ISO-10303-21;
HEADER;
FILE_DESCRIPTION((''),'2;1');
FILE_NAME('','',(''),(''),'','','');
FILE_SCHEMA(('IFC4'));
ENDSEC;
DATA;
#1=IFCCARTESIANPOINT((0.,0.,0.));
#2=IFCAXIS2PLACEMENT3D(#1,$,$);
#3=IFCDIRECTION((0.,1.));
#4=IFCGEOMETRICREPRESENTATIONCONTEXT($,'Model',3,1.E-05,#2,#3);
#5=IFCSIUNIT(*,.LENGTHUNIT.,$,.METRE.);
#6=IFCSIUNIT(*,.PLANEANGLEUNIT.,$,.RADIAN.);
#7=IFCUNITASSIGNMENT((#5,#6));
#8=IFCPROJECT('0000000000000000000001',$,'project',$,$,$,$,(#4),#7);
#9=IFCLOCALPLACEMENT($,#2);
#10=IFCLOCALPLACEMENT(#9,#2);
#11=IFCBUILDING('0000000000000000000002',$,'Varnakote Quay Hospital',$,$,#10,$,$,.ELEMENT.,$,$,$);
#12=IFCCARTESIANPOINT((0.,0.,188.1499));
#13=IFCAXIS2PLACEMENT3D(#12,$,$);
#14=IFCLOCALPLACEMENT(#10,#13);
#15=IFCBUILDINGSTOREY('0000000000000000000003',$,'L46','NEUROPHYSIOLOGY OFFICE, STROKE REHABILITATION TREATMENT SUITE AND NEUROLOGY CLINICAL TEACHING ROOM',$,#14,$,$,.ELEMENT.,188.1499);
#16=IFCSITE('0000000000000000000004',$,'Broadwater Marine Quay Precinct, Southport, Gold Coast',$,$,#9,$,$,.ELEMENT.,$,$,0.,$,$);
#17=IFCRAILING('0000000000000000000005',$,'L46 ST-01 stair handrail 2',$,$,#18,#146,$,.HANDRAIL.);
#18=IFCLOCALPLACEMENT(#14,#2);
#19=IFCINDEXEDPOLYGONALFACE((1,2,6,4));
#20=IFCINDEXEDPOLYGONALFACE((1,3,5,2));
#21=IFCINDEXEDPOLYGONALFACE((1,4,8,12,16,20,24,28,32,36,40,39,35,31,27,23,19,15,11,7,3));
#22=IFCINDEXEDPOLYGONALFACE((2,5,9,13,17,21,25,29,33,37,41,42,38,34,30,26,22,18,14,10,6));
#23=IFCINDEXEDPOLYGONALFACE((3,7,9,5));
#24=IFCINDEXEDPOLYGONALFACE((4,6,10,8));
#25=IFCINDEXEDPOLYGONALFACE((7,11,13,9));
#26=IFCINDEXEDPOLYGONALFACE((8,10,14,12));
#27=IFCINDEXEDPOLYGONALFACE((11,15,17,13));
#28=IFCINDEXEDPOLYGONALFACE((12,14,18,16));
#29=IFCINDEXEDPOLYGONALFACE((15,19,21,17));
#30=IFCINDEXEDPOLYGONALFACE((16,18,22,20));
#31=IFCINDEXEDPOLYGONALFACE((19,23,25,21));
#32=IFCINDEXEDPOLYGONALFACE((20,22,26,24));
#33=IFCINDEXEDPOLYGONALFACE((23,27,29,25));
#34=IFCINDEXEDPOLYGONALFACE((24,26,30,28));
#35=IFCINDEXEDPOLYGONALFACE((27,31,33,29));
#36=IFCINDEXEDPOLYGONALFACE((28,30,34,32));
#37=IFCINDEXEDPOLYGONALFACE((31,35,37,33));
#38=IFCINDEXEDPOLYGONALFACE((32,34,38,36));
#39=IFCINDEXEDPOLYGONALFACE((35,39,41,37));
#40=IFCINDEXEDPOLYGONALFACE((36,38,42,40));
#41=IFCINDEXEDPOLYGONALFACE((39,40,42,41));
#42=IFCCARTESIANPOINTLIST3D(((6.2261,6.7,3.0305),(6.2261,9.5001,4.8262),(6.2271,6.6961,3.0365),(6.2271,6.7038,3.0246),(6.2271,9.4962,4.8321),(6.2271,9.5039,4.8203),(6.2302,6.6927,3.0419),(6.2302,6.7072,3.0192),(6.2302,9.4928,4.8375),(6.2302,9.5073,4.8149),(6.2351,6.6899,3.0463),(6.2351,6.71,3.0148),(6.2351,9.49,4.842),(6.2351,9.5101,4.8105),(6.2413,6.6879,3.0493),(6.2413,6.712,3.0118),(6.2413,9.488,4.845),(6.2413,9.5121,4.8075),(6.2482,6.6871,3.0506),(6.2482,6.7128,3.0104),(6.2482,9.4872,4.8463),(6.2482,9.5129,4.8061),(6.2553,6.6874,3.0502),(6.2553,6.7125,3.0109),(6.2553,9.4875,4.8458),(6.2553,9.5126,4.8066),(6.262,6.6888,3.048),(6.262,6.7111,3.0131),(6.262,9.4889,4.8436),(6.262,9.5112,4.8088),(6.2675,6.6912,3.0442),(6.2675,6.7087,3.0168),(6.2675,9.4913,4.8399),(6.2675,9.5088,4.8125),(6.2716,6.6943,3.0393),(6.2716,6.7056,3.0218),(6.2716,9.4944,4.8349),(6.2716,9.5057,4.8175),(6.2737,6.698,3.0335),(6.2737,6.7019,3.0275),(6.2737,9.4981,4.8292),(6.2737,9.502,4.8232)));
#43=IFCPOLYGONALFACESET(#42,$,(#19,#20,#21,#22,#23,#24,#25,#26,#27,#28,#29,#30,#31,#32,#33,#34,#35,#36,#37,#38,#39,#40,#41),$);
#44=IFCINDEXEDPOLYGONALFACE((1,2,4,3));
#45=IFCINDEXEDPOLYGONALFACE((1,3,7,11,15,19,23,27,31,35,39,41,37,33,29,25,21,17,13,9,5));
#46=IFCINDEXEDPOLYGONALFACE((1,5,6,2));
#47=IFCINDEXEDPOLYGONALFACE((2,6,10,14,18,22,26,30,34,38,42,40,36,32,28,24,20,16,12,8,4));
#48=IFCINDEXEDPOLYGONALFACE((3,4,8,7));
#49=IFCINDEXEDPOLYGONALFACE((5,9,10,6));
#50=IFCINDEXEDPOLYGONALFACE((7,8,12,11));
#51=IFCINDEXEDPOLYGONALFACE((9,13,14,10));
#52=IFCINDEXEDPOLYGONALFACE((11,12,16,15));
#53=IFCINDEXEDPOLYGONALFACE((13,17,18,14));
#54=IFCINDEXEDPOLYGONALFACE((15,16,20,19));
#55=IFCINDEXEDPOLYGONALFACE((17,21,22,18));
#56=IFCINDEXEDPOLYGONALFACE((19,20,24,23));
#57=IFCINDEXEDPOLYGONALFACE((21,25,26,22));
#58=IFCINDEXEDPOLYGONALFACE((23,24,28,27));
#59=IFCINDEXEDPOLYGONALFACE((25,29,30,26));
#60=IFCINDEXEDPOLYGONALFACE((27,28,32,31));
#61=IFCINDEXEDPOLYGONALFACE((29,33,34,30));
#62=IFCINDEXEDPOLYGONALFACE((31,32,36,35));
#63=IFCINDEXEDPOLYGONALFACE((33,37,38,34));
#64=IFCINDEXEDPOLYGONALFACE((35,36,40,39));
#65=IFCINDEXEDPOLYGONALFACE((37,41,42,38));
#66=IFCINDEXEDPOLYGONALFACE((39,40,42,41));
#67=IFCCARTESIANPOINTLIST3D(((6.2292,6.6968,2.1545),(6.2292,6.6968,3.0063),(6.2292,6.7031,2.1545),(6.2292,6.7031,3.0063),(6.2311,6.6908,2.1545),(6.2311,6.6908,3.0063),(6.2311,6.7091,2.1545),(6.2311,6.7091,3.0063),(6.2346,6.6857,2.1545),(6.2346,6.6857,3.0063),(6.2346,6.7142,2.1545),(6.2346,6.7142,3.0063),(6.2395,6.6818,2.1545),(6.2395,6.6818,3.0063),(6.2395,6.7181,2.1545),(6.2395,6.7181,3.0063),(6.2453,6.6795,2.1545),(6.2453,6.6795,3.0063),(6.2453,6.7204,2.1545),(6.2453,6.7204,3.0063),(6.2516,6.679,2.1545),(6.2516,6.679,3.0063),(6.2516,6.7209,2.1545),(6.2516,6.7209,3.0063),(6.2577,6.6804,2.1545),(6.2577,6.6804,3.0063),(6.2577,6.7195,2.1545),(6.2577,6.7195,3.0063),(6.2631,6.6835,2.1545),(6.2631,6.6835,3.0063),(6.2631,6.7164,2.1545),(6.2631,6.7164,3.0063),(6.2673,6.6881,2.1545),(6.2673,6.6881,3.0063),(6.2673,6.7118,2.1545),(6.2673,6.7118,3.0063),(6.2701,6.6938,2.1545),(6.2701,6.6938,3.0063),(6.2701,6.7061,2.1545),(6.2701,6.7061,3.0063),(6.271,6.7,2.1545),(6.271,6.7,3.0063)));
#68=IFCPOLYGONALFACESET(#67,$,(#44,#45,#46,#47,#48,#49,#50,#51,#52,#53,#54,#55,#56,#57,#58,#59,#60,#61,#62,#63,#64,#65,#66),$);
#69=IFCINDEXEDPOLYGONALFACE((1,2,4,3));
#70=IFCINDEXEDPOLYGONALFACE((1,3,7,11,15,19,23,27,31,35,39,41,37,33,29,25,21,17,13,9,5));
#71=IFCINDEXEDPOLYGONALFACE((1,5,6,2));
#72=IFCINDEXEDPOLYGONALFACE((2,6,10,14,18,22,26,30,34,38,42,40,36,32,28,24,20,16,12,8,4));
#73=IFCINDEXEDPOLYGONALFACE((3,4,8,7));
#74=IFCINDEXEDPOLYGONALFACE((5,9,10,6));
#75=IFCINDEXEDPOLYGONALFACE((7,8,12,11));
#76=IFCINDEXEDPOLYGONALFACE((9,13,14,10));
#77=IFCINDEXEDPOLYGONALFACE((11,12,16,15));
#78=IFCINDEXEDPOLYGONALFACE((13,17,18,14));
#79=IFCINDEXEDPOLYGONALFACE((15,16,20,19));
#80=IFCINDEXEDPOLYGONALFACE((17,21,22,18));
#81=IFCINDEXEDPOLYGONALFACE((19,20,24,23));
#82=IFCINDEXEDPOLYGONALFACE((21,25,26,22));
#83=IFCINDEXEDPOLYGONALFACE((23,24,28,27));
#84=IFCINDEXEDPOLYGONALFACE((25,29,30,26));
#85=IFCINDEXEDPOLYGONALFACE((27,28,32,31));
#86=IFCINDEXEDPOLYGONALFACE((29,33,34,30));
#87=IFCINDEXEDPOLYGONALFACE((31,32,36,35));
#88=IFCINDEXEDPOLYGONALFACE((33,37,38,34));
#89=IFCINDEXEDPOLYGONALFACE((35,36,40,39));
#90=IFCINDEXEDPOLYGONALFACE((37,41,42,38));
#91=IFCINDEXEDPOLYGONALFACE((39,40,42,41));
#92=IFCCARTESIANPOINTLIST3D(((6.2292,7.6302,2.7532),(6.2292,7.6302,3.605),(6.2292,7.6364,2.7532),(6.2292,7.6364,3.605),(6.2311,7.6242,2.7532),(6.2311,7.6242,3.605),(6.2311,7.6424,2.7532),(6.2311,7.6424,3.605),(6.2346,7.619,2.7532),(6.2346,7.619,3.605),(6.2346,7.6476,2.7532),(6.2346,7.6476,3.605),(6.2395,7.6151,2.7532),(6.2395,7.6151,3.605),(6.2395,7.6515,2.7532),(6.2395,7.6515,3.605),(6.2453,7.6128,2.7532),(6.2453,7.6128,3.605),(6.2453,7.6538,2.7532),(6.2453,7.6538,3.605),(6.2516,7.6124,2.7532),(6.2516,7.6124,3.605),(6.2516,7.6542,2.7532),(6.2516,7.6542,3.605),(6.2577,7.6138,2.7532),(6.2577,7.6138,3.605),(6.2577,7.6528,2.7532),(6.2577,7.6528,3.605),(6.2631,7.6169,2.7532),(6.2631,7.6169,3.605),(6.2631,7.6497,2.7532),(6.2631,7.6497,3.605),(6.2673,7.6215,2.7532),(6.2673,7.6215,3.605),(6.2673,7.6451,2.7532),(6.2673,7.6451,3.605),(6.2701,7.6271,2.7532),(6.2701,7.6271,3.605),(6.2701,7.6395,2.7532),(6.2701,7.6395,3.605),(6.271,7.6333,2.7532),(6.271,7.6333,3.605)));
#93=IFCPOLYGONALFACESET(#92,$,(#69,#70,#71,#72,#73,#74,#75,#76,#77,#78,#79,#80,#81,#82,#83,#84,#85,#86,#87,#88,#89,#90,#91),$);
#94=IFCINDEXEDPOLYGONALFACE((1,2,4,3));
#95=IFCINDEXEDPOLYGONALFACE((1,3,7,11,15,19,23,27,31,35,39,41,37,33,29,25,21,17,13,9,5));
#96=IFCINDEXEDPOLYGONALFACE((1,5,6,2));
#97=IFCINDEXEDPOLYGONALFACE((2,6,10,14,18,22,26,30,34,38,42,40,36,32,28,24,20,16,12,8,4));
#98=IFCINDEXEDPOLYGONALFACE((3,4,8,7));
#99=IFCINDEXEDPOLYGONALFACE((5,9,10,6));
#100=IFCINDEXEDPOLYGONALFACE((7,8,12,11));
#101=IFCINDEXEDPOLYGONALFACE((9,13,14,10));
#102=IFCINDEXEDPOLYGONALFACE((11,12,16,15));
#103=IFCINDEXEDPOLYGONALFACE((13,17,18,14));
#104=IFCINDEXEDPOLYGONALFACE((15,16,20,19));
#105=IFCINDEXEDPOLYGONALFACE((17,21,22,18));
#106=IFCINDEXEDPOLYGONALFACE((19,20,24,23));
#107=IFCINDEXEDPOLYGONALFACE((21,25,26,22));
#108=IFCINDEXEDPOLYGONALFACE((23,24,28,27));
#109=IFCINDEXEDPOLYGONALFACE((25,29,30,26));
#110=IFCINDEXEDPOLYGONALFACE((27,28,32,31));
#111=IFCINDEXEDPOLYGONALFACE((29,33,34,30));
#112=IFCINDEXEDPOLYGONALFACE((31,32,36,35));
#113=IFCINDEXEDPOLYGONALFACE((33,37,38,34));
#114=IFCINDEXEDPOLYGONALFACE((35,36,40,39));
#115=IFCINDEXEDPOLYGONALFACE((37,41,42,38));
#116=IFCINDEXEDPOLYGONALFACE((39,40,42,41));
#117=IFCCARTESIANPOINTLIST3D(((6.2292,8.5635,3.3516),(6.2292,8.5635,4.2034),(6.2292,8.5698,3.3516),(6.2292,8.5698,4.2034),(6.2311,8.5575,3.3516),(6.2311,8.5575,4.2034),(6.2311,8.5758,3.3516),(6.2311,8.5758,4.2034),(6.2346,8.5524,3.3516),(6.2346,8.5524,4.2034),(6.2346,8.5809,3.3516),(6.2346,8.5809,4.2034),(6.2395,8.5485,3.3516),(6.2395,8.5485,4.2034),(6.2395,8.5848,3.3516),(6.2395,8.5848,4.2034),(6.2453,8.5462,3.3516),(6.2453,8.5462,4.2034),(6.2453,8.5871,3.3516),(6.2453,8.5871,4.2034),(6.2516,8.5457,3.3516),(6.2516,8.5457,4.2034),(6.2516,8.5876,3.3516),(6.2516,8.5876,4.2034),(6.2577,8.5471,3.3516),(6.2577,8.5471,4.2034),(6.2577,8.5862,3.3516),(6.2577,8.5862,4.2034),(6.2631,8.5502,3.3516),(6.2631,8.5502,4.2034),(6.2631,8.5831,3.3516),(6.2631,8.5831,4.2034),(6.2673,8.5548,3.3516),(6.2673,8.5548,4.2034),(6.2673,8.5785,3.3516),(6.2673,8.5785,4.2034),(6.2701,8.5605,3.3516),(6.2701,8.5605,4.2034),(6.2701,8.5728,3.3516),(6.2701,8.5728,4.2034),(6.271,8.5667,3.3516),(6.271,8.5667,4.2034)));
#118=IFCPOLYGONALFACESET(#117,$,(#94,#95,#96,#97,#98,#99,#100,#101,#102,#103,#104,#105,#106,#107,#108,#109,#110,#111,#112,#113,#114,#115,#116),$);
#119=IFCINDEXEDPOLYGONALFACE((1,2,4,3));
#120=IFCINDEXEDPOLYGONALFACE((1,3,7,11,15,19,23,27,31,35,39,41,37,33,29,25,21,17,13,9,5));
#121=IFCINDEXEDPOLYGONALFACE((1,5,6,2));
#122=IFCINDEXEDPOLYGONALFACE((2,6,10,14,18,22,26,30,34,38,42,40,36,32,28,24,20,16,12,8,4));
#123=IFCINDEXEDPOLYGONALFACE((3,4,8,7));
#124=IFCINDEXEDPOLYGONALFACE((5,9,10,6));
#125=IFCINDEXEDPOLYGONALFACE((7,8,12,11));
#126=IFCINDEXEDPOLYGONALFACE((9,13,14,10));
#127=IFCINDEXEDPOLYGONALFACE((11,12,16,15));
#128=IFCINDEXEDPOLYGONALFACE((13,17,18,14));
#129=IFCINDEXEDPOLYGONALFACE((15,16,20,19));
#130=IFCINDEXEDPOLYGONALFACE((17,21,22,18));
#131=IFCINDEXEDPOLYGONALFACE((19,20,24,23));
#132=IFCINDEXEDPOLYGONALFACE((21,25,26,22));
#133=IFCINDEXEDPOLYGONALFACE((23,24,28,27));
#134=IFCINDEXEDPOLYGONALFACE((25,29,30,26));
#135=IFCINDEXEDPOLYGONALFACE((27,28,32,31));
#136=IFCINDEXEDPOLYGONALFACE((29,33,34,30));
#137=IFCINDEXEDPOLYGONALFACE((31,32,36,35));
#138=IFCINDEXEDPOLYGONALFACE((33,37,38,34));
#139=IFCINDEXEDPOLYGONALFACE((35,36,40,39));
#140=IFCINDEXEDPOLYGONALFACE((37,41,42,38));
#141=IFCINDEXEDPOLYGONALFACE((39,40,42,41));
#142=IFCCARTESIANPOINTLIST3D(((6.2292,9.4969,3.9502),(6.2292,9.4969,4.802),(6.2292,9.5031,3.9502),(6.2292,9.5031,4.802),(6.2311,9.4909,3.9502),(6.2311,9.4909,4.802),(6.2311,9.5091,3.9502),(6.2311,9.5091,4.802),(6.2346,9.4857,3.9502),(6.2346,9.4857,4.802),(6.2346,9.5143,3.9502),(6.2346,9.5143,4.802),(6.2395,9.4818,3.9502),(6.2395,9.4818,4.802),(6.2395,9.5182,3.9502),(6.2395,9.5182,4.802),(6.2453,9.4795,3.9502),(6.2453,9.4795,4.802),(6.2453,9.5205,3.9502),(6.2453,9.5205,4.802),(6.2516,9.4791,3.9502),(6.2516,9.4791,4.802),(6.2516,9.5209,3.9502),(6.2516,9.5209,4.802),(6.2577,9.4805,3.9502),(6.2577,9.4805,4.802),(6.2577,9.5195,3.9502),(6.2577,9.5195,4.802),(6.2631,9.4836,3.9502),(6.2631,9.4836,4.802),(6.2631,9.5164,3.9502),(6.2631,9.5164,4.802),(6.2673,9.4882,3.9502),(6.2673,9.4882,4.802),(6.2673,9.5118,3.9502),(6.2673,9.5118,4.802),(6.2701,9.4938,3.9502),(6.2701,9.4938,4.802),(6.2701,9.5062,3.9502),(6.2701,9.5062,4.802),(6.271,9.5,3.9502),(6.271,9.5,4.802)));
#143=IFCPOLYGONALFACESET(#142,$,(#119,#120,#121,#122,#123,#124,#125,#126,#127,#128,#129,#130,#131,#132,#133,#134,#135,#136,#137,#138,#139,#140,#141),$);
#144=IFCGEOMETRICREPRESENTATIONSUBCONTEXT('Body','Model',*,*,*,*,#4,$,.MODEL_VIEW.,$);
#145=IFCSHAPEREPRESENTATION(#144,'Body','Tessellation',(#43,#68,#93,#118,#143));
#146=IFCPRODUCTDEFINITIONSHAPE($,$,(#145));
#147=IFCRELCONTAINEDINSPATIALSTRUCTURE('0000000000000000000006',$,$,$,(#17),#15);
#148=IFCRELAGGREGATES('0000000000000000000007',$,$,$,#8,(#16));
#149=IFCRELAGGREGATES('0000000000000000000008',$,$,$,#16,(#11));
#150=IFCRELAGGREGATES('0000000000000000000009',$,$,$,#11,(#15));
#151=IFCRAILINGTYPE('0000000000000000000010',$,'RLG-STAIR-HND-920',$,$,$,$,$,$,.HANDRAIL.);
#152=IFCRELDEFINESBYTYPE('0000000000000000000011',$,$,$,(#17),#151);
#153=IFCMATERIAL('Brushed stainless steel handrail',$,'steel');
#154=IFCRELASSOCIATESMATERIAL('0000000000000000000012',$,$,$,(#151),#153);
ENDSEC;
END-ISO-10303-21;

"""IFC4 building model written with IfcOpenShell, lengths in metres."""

from ifc_helpers import new_model, si_unit, direction, frame, origin, origin_2d, place, context, subcontext, project, spatial, circle, extrude, material, type_object, element, save


model = new_model("IFC4")

# Units and contexts
model_context = context("Model", 3, precision=1e-05, world=origin(), true_north=direction((0.0, 1.0)))
body_context = subcontext(model_context, "Body", "Model", "MODEL_VIEW")
ifc_project = project(units=[si_unit("LENGTHUNIT", "METRE"), si_unit("PLANEANGLEUNIT", "RADIAN")], contexts=[model_context])

# Site, building, storey
site_placement = place(None, origin())
site = spatial("IfcSite", under=ifc_project, at=site_placement, Name="Broadwater Marine Quay Precinct, Southport, Gold Coast", CompositionType="ELEMENT", RefElevation=0.0)
building_placement = place(site_placement, origin())
building = spatial("IfcBuilding", under=site, at=building_placement, Name="Varnakote Quay Hospital", CompositionType="ELEMENT")
storey_placement = place(building_placement, frame((0.0, 0.0, 188.1499)))
storey = spatial("IfcBuildingStorey", under=building, at=storey_placement, Name="L46", Description="NEUROPHYSIOLOGY OFFICE, STROKE REHABILITATION TREATMENT SUITE AND NEUROLOGY CLINICAL TEACHING ROOM", CompositionType="ELEMENT", Elevation=188.1499)

# Railing
ifc_material_1 = material(Name="Brushed stainless steel handrail", Category="steel")
railing_type_1 = type_object("IfcRailingType", Name="RLG-STAIR-HND-920", PredefinedType="HANDRAIL", material=ifc_material_1)
railing_1_placement = place(storey_placement, frame((6.25, 6.7, 2.1545)))
element("IfcRailing", 1, at=railing_1_placement, inside=storey, type_object=railing_type_1, Name="L46 ST-01 stair handrail 2", PredefinedType="HANDRAIL", context=body_context, shape_type="SweptSolid", body=[
    extrude(circle(Radius=0.0239, at=origin_2d()), frame((0.0, 0.0, 0.876), z_axis=(0.0, 0.841777, 0.539826), x_axis=(-1.0, 0.0, 0.0)), (0.0, 0.0, 1.0), 3.3264),
    extrude(circle(Radius=0.021, at=origin_2d()), origin(), (0.0, 0.0, 1.0), 0.8518),
    extrude(circle(Radius=0.021, at=origin_2d()), frame((0.0, 0.9333, 0.5986)), (0.0, 0.0, 1.0), 0.8518),
    extrude(circle(Radius=0.021, at=origin_2d()), frame((0.0, 1.8667, 1.197)), (0.0, 0.0, 1.0), 0.8518),
    extrude(circle(Radius=0.021, at=origin_2d()), frame((0.0, 2.8, 1.7957)), (0.0, 0.0, 1.0), 0.8518),
])

save(model, "model.ifc")
